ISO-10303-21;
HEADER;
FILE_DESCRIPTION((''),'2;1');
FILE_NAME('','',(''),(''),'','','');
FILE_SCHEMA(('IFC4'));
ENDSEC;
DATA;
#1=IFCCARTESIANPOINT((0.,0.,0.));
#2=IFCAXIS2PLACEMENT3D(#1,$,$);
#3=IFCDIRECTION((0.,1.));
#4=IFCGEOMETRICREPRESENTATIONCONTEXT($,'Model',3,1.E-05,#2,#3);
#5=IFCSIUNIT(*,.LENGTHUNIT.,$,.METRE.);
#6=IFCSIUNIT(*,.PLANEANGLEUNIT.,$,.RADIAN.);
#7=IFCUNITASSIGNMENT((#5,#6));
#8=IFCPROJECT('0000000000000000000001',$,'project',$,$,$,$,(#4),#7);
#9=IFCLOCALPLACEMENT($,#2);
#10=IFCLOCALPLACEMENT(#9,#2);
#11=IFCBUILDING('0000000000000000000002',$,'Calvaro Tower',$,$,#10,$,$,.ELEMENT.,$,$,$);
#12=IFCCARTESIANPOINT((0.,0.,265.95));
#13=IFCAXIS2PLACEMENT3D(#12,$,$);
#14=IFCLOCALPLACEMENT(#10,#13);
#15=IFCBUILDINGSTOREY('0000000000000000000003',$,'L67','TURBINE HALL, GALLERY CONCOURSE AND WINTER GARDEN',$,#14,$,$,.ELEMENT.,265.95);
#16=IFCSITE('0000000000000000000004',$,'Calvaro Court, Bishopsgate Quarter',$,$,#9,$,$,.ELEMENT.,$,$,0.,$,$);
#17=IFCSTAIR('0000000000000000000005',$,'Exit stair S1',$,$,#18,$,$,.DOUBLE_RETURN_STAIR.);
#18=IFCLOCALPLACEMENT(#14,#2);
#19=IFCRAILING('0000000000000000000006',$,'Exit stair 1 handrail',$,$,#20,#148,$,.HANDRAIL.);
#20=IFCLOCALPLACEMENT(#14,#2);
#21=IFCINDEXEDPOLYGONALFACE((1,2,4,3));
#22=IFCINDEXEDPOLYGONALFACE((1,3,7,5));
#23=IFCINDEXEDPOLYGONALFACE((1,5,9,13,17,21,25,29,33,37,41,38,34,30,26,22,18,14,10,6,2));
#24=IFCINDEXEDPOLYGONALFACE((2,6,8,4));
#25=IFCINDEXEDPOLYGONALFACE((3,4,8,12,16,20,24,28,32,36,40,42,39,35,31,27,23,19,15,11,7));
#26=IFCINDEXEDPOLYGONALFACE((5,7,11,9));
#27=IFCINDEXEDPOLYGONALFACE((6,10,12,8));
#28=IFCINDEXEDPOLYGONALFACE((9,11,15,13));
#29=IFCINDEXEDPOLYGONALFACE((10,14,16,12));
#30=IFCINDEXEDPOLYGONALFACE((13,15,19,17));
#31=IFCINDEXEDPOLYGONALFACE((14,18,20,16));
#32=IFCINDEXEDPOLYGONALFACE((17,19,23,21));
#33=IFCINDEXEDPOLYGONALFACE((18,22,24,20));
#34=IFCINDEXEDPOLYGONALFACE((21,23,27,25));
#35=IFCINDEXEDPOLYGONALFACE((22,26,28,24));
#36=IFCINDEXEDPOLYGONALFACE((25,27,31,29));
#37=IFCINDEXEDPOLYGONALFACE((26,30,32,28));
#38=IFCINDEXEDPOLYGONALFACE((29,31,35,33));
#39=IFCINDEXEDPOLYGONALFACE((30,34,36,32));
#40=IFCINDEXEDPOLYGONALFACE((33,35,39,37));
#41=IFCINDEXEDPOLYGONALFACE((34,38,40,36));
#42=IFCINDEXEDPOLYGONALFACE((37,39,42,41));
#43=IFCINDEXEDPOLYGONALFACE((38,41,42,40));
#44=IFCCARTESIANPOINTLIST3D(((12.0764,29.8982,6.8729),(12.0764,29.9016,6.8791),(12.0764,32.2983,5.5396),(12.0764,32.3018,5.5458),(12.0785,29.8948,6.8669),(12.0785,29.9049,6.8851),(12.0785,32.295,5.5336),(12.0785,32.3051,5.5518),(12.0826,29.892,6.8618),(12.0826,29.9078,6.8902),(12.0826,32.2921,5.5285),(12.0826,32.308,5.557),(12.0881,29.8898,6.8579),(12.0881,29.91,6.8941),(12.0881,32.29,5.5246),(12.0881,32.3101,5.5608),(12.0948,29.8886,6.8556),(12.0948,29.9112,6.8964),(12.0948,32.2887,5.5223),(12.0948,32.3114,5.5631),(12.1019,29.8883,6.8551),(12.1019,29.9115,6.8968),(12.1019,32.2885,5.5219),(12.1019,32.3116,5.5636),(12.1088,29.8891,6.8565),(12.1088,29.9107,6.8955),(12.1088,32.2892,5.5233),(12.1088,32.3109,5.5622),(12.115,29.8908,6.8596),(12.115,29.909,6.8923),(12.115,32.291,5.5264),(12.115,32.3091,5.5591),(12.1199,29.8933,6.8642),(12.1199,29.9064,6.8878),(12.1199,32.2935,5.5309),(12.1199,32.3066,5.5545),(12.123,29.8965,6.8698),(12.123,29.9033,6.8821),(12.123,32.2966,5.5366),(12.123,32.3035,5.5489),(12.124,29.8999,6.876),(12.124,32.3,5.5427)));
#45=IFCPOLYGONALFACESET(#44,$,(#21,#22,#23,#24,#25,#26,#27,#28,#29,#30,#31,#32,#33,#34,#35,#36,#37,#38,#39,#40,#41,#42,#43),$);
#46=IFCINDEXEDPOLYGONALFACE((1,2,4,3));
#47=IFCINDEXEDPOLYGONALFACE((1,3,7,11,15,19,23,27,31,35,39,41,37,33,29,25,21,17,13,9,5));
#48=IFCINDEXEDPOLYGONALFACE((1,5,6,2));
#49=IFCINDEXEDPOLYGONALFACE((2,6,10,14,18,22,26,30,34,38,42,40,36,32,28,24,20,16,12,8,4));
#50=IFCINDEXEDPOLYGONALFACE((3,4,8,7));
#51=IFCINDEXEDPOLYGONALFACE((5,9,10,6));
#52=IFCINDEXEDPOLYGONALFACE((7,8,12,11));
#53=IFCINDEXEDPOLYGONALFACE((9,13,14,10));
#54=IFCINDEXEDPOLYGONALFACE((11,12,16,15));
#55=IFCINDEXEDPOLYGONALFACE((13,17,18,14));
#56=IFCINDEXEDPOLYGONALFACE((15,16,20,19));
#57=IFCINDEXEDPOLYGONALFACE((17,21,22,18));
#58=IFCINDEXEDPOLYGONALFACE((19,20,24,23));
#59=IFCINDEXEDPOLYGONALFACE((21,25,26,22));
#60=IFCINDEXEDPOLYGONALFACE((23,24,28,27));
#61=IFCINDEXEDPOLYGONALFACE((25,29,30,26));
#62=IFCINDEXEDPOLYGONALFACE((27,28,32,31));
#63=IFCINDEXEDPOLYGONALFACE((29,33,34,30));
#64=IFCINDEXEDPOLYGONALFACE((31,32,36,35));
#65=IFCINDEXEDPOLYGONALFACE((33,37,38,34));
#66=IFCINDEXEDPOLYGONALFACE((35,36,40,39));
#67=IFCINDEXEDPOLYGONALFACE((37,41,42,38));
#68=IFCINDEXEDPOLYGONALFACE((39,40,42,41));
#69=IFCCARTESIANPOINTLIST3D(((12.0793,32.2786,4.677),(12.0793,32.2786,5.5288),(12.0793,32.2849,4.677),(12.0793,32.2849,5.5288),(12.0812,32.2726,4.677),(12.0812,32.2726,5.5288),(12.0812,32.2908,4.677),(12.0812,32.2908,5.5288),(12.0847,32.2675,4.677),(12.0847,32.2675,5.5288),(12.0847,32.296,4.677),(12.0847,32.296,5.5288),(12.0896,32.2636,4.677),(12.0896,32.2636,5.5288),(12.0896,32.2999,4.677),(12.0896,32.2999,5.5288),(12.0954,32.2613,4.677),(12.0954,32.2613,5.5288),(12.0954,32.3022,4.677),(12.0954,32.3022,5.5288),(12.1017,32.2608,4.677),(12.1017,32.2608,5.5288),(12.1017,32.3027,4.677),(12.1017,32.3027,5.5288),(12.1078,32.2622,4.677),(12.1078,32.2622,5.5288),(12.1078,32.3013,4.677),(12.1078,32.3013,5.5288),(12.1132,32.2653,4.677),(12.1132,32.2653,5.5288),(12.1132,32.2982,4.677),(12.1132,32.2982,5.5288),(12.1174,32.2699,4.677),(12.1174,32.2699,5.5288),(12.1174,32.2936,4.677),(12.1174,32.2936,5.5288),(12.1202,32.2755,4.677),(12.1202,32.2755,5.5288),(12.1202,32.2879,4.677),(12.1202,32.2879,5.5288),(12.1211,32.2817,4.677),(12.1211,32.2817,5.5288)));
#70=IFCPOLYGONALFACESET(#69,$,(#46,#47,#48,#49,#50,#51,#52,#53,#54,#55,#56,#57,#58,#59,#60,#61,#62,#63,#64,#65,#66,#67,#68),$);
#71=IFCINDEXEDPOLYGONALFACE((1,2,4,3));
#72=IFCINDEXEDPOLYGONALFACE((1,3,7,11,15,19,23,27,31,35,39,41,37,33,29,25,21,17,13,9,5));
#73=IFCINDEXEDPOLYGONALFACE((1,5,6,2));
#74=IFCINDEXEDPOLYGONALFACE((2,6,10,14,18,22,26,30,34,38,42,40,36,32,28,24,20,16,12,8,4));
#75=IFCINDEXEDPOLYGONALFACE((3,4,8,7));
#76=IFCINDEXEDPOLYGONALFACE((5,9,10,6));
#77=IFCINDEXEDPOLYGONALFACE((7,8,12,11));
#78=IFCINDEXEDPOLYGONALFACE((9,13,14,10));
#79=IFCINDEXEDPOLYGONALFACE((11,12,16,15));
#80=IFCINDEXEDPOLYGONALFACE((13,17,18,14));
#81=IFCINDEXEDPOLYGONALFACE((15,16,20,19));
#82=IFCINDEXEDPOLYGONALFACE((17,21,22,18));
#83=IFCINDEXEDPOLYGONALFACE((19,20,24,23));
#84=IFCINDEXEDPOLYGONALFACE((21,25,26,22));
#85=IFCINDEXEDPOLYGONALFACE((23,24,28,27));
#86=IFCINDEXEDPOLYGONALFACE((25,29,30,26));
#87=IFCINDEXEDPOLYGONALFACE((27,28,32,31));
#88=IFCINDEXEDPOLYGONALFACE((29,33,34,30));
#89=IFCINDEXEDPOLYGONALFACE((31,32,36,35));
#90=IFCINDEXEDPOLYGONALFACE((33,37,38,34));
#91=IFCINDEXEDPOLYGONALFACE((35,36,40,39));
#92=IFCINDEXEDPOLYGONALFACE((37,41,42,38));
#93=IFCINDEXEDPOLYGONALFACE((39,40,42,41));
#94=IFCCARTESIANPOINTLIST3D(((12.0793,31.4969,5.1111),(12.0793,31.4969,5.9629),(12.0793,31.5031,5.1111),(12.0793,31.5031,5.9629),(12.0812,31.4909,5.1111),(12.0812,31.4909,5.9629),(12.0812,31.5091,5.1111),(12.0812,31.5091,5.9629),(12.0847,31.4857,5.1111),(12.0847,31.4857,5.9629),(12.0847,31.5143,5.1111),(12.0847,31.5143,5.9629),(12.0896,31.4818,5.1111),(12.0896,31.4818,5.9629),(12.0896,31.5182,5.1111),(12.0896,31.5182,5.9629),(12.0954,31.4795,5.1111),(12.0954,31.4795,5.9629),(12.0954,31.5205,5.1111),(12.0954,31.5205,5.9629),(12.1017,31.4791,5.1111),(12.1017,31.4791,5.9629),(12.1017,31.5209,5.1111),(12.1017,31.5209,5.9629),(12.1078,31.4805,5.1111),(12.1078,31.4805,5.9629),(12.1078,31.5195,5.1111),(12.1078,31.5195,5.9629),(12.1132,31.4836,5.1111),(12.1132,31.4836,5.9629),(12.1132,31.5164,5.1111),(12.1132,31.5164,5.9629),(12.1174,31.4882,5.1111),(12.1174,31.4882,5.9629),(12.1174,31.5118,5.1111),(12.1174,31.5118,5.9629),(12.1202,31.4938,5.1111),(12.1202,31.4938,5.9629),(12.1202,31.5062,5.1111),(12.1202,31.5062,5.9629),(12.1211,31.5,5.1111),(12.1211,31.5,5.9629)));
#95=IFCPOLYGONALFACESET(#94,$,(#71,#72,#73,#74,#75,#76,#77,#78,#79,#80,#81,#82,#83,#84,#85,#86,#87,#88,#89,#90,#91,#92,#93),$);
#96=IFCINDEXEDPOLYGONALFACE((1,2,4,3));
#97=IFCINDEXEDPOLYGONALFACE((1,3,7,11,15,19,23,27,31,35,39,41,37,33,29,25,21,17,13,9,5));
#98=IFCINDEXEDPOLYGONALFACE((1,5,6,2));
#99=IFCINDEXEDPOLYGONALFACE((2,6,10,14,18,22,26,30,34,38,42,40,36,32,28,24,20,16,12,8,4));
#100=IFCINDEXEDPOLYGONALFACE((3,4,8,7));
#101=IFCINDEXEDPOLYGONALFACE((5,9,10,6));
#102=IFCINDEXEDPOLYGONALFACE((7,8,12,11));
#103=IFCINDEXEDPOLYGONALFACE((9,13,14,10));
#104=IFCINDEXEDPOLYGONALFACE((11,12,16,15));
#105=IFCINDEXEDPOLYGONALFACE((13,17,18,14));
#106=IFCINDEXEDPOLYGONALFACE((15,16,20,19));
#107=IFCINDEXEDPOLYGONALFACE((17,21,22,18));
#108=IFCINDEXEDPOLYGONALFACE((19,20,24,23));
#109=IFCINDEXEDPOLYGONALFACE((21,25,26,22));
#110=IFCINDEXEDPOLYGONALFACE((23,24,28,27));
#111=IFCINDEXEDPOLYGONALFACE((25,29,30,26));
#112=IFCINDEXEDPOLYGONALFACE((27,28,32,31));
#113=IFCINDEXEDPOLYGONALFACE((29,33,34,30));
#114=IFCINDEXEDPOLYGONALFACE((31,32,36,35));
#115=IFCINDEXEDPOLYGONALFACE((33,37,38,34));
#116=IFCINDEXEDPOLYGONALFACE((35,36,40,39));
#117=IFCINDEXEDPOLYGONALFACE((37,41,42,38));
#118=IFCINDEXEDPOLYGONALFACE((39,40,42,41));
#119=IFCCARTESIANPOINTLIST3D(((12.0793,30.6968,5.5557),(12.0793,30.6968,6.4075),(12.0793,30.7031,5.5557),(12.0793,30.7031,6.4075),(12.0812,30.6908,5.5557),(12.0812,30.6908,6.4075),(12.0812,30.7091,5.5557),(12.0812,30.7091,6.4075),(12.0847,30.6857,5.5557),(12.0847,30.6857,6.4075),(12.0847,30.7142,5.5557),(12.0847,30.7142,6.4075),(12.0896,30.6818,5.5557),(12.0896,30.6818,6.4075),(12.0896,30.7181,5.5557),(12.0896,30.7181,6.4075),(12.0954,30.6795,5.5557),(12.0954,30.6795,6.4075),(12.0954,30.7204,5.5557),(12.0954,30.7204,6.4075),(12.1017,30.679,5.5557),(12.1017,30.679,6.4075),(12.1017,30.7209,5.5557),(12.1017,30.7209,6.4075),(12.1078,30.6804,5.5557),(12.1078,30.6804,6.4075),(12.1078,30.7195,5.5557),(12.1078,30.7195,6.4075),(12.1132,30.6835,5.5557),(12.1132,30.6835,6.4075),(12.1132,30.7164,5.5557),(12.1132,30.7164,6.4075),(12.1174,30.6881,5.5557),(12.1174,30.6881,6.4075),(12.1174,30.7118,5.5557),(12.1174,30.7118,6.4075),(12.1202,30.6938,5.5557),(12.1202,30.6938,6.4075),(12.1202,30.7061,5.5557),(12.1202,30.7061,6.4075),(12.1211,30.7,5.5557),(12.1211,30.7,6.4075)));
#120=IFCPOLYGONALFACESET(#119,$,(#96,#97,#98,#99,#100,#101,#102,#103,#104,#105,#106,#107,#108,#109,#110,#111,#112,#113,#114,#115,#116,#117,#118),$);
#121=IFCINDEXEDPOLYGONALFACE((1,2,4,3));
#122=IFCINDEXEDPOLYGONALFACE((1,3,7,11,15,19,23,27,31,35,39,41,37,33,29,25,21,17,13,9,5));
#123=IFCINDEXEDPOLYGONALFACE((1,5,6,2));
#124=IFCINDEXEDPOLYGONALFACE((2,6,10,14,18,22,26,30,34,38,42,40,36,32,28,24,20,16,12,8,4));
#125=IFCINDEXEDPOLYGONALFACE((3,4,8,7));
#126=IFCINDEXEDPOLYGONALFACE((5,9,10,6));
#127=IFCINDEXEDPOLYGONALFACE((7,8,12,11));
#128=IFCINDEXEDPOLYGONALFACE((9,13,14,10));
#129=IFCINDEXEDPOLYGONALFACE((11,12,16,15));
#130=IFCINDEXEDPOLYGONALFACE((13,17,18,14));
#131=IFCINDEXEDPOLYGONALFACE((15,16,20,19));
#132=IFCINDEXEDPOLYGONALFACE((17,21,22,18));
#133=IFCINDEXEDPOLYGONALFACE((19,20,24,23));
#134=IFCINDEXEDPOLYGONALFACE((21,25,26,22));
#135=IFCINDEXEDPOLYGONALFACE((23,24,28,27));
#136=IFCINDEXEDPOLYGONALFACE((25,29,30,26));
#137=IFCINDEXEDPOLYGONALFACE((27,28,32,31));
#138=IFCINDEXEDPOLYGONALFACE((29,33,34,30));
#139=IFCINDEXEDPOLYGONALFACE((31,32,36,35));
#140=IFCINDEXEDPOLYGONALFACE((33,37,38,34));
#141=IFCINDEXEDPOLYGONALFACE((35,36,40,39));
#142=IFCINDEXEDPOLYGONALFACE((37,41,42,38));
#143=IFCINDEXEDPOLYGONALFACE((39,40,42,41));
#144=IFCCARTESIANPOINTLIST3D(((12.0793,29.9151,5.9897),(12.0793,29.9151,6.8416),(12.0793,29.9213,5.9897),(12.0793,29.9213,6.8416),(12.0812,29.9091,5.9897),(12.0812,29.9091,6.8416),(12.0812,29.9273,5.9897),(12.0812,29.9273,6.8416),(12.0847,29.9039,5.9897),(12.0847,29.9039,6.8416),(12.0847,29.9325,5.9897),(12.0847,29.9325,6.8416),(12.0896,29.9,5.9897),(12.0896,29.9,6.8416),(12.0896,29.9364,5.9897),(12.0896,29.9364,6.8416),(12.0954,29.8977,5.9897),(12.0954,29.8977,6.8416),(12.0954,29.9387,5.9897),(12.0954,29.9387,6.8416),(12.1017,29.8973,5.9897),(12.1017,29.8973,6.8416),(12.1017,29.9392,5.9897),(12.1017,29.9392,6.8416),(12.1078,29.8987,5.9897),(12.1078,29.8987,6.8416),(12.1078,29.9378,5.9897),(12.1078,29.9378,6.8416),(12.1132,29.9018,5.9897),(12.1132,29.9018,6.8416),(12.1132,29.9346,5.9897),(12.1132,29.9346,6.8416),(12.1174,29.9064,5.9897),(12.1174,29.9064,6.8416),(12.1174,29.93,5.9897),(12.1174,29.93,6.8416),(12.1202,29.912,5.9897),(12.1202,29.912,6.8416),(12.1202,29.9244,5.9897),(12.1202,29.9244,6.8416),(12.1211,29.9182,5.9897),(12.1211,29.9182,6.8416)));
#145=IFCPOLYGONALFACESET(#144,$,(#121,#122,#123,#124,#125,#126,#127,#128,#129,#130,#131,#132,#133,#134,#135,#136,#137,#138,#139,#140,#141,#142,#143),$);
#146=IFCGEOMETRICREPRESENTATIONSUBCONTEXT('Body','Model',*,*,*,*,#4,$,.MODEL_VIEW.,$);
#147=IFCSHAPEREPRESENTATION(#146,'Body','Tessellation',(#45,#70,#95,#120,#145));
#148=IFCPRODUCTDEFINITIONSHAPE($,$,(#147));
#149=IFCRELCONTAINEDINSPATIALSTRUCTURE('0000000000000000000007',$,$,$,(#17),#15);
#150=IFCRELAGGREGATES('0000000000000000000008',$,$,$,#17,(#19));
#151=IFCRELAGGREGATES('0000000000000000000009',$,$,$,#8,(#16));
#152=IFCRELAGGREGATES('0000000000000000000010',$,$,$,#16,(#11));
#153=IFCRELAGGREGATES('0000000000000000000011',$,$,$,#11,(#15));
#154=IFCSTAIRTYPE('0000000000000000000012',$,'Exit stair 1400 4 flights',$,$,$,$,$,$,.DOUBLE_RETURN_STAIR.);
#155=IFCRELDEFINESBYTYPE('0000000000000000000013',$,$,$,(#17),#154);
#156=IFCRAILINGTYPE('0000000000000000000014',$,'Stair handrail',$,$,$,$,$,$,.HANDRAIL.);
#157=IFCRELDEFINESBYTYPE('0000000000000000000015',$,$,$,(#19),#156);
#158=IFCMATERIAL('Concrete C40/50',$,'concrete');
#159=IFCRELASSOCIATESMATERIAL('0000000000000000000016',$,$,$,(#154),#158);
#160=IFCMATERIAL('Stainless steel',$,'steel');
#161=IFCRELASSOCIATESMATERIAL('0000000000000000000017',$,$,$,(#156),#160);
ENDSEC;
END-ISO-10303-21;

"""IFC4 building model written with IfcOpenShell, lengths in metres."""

from ifc_helpers import new_model, si_unit, direction, frame, origin, origin_2d, place, context, subcontext, project, spatial, circle, extrude, material, type_object, element, aggregate, save


model = new_model("IFC4")

# Units and contexts
model_context = context("Model", 3, precision=1e-05, world=origin(), true_north=direction((0.0, 1.0)))
body_context = subcontext(model_context, "Body", "Model", "MODEL_VIEW")
ifc_project = project(units=[si_unit("LENGTHUNIT", "METRE"), si_unit("PLANEANGLEUNIT", "RADIAN")], contexts=[model_context])

# Site, building, storey
site_placement = place(None, origin())
site = spatial("IfcSite", under=ifc_project, at=site_placement, Name="Calvaro Court, Bishopsgate Quarter", CompositionType="ELEMENT", RefElevation=0.0)
building_placement = place(site_placement, origin())
building = spatial("IfcBuilding", under=site, at=building_placement, Name="Calvaro Tower", CompositionType="ELEMENT")
storey_placement = place(building_placement, frame((0.0, 0.0, 265.95)))
storey = spatial("IfcBuildingStorey", under=building, at=storey_placement, Name="L67", Description="TURBINE HALL, GALLERY CONCOURSE AND WINTER GARDEN", CompositionType="ELEMENT", Elevation=265.95)

# Stair, railing
ifc_material_1 = material(Name="Concrete C40/50", Category="concrete")
stair_type = type_object("IfcStairType", Name="Exit stair 1400 4 flights", PredefinedType="DOUBLE_RETURN_STAIR", material=ifc_material_1)
stair_placement = place(storey_placement, origin())
stair = element("IfcStair", 1, at=stair_placement, inside=storey, type_object=stair_type, Name="Exit stair S1", PredefinedType="DOUBLE_RETURN_STAIR")
ifc_material_2 = material(Name="Stainless steel", Category="steel")
railing_type = type_object("IfcRailingType", Name="Stair handrail", PredefinedType="HANDRAIL", material=ifc_material_2)
railing_1_placement = place(storey_placement, frame((12.1001, 32.3, 4.6667)))
railing_1 = element("IfcRailing", 2, at=railing_1_placement, type_object=railing_type, Name="Exit stair 1 handrail", PredefinedType="HANDRAIL", context=body_context, shape_type="SweptSolid", body=[
    extrude(circle(Radius=0.0239, at=origin_2d()), frame((0.0, 0.0, 0.876), z_axis=(0.0, -0.874182, 0.485598), x_axis=(1.0, 0.0, 0.0)), (0.0, 0.0, 1.0), 2.7456),
    extrude(circle(Radius=0.021, at=origin_2d()), frame((0.0, -0.0183, 0.0103)), (0.0, 0.0, 1.0), 0.8518),
    extrude(circle(Radius=0.021, at=origin_2d()), frame((0.0, -0.8, 0.4443)), (0.0, 0.0, 1.0), 0.8518),
    extrude(circle(Radius=0.021, at=origin_2d()), frame((0.0, -1.6001, 0.8889)), (0.0, 0.0, 1.0), 0.8518),
    extrude(circle(Radius=0.021, at=origin_2d()), frame((0.0, -2.3818, 1.323)), (0.0, 0.0, 1.0), 0.8518),
])
aggregate(stair, [railing_1])

save(model, "model.ifc")
